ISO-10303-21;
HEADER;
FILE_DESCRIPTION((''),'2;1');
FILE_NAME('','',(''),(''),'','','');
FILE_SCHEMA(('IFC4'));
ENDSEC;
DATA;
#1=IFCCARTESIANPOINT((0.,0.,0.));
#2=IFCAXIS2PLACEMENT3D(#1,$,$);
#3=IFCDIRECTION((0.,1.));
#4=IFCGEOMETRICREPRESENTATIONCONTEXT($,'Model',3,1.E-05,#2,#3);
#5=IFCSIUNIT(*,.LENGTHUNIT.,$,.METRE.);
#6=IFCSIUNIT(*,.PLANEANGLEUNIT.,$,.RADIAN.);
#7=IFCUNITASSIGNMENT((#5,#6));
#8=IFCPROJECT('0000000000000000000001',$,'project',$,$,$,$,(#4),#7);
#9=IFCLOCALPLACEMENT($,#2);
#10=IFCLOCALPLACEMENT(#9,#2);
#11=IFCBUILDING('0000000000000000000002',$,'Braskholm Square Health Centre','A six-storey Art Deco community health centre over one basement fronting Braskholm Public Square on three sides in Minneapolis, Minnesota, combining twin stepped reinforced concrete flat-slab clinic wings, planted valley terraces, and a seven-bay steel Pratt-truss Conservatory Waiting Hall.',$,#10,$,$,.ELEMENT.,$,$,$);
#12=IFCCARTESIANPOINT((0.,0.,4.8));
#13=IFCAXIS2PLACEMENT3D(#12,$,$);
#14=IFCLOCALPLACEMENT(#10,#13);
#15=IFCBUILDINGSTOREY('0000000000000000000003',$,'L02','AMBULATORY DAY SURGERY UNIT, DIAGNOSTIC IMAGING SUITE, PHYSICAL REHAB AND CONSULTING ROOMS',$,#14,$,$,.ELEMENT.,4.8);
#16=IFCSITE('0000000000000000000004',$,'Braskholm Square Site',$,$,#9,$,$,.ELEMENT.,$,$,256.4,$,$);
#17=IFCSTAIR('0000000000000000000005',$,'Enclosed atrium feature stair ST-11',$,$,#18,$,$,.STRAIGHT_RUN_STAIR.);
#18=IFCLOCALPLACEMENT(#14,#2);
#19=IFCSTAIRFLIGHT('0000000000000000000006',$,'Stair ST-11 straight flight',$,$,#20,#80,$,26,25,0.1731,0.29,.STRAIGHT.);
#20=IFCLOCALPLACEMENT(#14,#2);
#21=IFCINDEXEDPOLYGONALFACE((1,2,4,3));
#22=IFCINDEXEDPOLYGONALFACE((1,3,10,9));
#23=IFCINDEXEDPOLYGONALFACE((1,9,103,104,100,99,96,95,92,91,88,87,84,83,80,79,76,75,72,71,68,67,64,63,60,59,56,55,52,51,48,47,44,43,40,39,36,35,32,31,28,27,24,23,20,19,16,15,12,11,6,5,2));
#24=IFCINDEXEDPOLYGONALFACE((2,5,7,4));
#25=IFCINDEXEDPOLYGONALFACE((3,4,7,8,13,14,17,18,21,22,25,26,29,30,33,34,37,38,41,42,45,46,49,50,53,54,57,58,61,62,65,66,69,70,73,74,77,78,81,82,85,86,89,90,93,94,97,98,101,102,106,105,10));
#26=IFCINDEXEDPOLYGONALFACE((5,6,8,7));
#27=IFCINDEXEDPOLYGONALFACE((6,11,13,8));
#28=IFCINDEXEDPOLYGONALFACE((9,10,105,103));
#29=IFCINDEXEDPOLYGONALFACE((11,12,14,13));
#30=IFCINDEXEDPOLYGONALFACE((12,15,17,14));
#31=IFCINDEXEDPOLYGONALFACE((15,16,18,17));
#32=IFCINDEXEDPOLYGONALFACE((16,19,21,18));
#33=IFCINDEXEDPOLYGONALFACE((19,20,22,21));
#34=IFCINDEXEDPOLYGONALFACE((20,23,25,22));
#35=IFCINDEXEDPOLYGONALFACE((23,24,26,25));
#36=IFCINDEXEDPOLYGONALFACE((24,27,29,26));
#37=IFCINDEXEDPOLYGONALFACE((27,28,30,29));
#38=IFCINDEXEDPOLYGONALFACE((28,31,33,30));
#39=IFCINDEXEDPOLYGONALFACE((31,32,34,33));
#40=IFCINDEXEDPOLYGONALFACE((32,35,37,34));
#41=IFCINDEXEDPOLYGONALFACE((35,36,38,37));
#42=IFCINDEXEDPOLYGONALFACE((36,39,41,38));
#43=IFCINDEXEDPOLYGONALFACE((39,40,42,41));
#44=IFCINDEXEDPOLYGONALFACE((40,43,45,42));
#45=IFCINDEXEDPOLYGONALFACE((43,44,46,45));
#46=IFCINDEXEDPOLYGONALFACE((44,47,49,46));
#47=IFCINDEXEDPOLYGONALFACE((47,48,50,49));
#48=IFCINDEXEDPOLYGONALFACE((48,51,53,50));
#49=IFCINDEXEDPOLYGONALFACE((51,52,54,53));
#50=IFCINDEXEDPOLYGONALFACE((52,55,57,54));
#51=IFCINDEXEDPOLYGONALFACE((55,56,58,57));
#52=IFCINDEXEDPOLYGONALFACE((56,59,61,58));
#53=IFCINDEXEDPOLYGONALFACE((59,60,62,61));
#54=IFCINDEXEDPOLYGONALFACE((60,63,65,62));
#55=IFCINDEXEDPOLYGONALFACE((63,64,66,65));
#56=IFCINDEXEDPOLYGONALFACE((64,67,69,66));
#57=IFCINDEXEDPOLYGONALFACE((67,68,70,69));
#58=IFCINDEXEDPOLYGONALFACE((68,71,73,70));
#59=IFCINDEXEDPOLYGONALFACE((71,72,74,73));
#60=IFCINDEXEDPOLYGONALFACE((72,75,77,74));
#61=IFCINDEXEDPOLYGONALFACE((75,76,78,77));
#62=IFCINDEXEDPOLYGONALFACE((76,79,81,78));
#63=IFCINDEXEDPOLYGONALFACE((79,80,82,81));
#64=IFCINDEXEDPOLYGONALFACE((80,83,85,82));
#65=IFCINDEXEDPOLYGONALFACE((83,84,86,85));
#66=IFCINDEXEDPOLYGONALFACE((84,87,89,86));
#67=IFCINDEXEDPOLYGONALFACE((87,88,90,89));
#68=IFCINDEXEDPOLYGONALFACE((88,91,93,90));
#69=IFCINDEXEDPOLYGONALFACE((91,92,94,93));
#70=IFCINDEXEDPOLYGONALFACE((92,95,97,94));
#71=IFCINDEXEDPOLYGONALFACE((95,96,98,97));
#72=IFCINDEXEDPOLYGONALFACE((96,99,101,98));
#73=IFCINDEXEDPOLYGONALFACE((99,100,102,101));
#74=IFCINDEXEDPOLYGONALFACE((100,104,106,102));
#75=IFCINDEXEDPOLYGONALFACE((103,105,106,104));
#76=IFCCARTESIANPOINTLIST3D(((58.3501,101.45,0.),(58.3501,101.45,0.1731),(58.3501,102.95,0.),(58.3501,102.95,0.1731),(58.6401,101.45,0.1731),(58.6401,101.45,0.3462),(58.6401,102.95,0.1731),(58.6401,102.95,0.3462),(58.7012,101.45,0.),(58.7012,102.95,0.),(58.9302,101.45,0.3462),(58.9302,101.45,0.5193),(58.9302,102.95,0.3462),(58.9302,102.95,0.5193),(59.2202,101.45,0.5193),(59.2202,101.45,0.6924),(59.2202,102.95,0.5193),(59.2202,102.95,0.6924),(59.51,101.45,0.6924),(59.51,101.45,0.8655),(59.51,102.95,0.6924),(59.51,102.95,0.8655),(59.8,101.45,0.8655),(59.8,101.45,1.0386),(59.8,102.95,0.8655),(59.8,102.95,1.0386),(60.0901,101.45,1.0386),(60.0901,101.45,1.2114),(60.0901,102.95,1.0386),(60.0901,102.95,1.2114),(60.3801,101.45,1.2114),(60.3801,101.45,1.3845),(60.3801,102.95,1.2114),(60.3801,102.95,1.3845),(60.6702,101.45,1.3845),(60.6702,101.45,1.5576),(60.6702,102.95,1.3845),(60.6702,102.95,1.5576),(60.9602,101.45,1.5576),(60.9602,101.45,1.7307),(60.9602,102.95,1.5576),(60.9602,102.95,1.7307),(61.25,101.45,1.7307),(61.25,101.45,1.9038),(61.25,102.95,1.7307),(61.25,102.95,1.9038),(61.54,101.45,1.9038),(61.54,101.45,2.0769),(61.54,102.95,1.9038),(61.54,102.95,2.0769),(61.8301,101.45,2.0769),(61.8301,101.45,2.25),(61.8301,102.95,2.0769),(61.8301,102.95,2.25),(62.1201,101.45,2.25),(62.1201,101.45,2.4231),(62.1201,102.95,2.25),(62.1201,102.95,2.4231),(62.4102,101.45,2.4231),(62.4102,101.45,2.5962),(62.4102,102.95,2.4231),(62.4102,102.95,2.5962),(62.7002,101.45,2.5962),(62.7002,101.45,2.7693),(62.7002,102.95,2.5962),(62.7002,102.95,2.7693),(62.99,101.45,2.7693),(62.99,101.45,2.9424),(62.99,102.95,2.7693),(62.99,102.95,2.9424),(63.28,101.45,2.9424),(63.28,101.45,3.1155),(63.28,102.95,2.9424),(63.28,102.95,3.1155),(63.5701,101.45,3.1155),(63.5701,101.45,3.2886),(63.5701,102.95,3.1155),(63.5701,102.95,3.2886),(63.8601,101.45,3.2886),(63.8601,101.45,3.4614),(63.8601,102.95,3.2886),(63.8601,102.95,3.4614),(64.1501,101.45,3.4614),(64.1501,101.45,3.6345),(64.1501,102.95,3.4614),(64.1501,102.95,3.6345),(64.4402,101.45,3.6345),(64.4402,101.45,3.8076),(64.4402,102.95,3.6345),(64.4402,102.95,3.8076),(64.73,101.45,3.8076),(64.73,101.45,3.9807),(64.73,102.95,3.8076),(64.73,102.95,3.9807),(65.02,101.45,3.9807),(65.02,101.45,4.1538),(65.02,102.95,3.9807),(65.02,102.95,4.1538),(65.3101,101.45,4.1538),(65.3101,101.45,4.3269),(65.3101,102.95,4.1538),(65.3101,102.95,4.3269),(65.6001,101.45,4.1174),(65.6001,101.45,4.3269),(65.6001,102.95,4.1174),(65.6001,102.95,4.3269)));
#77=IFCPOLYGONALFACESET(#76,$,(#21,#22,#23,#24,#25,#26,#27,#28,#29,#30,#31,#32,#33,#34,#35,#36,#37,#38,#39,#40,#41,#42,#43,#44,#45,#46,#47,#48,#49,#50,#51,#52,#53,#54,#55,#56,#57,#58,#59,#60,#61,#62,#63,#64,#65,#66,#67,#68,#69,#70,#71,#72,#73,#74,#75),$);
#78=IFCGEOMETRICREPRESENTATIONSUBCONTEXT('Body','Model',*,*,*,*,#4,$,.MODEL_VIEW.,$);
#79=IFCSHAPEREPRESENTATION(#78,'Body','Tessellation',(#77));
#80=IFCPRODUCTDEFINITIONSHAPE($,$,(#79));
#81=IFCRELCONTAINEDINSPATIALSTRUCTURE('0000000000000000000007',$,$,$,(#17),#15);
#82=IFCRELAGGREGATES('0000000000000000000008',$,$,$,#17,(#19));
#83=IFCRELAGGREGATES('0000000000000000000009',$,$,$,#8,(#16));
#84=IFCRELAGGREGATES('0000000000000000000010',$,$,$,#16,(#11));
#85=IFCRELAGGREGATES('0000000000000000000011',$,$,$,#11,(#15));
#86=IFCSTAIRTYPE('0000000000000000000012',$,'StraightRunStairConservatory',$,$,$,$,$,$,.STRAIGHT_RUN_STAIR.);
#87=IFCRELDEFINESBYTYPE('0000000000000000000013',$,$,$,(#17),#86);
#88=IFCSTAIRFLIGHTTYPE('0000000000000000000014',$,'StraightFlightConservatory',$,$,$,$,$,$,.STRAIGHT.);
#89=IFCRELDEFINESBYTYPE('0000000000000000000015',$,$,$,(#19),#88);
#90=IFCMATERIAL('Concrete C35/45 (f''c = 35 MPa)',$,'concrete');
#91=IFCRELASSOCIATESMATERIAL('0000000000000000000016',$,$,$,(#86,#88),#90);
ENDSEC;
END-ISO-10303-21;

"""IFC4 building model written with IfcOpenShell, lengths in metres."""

from ifc_helpers import new_model, si_unit, direction, frame, origin, place, context, subcontext, project, spatial, polyline, outline, extrude, material, type_object, element, aggregate, save


model = new_model("IFC4")

# Units and contexts
model_context = context("Model", 3, precision=1e-05, world=origin(), true_north=direction((0.0, 1.0)))
body_context = subcontext(model_context, "Body", "Model", "MODEL_VIEW")
ifc_project = project(units=[si_unit("LENGTHUNIT", "METRE"), si_unit("PLANEANGLEUNIT", "RADIAN")], contexts=[model_context])

# Site, building, storey
site_placement = place(None, origin())
site = spatial("IfcSite", under=ifc_project, at=site_placement, Name="Braskholm Square Site", CompositionType="ELEMENT", RefElevation=256.4)
building_placement = place(site_placement, origin())
building = spatial("IfcBuilding", under=site, at=building_placement, Name="Braskholm Square Health Centre", Description="A six-storey Art Deco community health centre over one basement fronting Braskholm Public Square on three sides in Minneapolis, Minnesota, combining twin stepped reinforced concrete flat-slab clinic wings, planted valley terraces, and a seven-bay steel Pratt-truss Conservatory Waiting Hall.", CompositionType="ELEMENT")
storey_placement = place(building_placement, frame((0.0, 0.0, 4.8)))
storey = spatial("IfcBuildingStorey", under=building, at=storey_placement, Name="L02", Description="AMBULATORY DAY SURGERY UNIT, DIAGNOSTIC IMAGING SUITE, PHYSICAL REHAB AND CONSULTING ROOMS", CompositionType="ELEMENT", Elevation=4.8)

# Shared definitions
ifc_material_1 = material(Name="Concrete C35/45 (f'c = 35 MPa)", Category="concrete")

# Stair, stair flight
stair_type = type_object("IfcStairType", Name="StraightRunStairConservatory", PredefinedType="STRAIGHT_RUN_STAIR", material=ifc_material_1)
stair_placement = place(storey_placement, origin())
stair = element("IfcStair", 1, at=stair_placement, inside=storey, type_object=stair_type, Name="Enclosed atrium feature stair ST-11", PredefinedType="STRAIGHT_RUN_STAIR")
stair_flight_type = type_object("IfcStairFlightType", Name="StraightFlightConservatory", PredefinedType="STRAIGHT", material=ifc_material_1)
stair_flight_placement = place(storey_placement, frame((58.3501, 102.2, 0.0), z_axis=(0.0, 0.0, 1.0), x_axis=(1.0, 0.0, 0.0)))
stair_flight = element("IfcStairFlight", 2, at=stair_flight_placement, type_object=stair_flight_type, Name="Stair ST-11 straight flight", NumberOfRisers=26, NumberOfTreads=25, PredefinedType="STRAIGHT", RiserHeight=0.1731, TreadLength=0.29, context=body_context, shape_type="SweptSolid", body=[
    extrude(outline(polyline([(0.0, 0.0), (0.0, 0.1731), (0.29, 0.1731), (0.29, 0.3462), (0.5801, 0.3462), (0.5801, 0.5193), (0.8701, 0.5193), (0.8701, 0.6924), (1.1599, 0.6924), (1.1599, 0.8655), (1.45, 0.8655), (1.45, 1.0386), (1.74, 1.0386), (1.74, 1.2114), (2.03, 1.2114), (2.03, 1.3845), (2.3201, 1.3845), (2.3201, 1.5576), (2.6101, 1.5576), (2.6101, 1.7307), (2.8999, 1.7307), (2.8999, 1.9038), (3.1899, 1.9038), (3.1899, 2.0769), (3.48, 2.0769), (3.48, 2.25), (3.77, 2.25), (3.77, 2.4231), (4.0601, 2.4231), (4.0601, 2.5962), (4.3501, 2.5962), (4.3501, 2.7693), (4.6399, 2.7693), (4.6399, 2.9424), (4.9299, 2.9424), (4.9299, 3.1155), (5.22, 3.1155), (5.22, 3.2886), (5.51, 3.2886), (5.51, 3.4614), (5.8, 3.4614), (5.8, 3.6345), (6.0901, 3.6345), (6.0901, 3.8076), (6.3799, 3.8076), (6.3799, 3.9807), (6.6699, 3.9807), (6.6699, 4.1538), (6.96, 4.1538), (6.96, 4.3269), (7.25, 4.3269), (7.25, 4.5), (7.25, 4.1174), (0.3511, 0.0), (0.0, 0.0)])), frame((0.0, 0.75, 0.0), z_axis=(0.0, -1.0, 0.0), x_axis=(1.0, 0.0, 0.0)), (0.0, 0.0, 1.0), 1.5),
])
aggregate(stair, [stair_flight])

save(model, "model.ifc")
